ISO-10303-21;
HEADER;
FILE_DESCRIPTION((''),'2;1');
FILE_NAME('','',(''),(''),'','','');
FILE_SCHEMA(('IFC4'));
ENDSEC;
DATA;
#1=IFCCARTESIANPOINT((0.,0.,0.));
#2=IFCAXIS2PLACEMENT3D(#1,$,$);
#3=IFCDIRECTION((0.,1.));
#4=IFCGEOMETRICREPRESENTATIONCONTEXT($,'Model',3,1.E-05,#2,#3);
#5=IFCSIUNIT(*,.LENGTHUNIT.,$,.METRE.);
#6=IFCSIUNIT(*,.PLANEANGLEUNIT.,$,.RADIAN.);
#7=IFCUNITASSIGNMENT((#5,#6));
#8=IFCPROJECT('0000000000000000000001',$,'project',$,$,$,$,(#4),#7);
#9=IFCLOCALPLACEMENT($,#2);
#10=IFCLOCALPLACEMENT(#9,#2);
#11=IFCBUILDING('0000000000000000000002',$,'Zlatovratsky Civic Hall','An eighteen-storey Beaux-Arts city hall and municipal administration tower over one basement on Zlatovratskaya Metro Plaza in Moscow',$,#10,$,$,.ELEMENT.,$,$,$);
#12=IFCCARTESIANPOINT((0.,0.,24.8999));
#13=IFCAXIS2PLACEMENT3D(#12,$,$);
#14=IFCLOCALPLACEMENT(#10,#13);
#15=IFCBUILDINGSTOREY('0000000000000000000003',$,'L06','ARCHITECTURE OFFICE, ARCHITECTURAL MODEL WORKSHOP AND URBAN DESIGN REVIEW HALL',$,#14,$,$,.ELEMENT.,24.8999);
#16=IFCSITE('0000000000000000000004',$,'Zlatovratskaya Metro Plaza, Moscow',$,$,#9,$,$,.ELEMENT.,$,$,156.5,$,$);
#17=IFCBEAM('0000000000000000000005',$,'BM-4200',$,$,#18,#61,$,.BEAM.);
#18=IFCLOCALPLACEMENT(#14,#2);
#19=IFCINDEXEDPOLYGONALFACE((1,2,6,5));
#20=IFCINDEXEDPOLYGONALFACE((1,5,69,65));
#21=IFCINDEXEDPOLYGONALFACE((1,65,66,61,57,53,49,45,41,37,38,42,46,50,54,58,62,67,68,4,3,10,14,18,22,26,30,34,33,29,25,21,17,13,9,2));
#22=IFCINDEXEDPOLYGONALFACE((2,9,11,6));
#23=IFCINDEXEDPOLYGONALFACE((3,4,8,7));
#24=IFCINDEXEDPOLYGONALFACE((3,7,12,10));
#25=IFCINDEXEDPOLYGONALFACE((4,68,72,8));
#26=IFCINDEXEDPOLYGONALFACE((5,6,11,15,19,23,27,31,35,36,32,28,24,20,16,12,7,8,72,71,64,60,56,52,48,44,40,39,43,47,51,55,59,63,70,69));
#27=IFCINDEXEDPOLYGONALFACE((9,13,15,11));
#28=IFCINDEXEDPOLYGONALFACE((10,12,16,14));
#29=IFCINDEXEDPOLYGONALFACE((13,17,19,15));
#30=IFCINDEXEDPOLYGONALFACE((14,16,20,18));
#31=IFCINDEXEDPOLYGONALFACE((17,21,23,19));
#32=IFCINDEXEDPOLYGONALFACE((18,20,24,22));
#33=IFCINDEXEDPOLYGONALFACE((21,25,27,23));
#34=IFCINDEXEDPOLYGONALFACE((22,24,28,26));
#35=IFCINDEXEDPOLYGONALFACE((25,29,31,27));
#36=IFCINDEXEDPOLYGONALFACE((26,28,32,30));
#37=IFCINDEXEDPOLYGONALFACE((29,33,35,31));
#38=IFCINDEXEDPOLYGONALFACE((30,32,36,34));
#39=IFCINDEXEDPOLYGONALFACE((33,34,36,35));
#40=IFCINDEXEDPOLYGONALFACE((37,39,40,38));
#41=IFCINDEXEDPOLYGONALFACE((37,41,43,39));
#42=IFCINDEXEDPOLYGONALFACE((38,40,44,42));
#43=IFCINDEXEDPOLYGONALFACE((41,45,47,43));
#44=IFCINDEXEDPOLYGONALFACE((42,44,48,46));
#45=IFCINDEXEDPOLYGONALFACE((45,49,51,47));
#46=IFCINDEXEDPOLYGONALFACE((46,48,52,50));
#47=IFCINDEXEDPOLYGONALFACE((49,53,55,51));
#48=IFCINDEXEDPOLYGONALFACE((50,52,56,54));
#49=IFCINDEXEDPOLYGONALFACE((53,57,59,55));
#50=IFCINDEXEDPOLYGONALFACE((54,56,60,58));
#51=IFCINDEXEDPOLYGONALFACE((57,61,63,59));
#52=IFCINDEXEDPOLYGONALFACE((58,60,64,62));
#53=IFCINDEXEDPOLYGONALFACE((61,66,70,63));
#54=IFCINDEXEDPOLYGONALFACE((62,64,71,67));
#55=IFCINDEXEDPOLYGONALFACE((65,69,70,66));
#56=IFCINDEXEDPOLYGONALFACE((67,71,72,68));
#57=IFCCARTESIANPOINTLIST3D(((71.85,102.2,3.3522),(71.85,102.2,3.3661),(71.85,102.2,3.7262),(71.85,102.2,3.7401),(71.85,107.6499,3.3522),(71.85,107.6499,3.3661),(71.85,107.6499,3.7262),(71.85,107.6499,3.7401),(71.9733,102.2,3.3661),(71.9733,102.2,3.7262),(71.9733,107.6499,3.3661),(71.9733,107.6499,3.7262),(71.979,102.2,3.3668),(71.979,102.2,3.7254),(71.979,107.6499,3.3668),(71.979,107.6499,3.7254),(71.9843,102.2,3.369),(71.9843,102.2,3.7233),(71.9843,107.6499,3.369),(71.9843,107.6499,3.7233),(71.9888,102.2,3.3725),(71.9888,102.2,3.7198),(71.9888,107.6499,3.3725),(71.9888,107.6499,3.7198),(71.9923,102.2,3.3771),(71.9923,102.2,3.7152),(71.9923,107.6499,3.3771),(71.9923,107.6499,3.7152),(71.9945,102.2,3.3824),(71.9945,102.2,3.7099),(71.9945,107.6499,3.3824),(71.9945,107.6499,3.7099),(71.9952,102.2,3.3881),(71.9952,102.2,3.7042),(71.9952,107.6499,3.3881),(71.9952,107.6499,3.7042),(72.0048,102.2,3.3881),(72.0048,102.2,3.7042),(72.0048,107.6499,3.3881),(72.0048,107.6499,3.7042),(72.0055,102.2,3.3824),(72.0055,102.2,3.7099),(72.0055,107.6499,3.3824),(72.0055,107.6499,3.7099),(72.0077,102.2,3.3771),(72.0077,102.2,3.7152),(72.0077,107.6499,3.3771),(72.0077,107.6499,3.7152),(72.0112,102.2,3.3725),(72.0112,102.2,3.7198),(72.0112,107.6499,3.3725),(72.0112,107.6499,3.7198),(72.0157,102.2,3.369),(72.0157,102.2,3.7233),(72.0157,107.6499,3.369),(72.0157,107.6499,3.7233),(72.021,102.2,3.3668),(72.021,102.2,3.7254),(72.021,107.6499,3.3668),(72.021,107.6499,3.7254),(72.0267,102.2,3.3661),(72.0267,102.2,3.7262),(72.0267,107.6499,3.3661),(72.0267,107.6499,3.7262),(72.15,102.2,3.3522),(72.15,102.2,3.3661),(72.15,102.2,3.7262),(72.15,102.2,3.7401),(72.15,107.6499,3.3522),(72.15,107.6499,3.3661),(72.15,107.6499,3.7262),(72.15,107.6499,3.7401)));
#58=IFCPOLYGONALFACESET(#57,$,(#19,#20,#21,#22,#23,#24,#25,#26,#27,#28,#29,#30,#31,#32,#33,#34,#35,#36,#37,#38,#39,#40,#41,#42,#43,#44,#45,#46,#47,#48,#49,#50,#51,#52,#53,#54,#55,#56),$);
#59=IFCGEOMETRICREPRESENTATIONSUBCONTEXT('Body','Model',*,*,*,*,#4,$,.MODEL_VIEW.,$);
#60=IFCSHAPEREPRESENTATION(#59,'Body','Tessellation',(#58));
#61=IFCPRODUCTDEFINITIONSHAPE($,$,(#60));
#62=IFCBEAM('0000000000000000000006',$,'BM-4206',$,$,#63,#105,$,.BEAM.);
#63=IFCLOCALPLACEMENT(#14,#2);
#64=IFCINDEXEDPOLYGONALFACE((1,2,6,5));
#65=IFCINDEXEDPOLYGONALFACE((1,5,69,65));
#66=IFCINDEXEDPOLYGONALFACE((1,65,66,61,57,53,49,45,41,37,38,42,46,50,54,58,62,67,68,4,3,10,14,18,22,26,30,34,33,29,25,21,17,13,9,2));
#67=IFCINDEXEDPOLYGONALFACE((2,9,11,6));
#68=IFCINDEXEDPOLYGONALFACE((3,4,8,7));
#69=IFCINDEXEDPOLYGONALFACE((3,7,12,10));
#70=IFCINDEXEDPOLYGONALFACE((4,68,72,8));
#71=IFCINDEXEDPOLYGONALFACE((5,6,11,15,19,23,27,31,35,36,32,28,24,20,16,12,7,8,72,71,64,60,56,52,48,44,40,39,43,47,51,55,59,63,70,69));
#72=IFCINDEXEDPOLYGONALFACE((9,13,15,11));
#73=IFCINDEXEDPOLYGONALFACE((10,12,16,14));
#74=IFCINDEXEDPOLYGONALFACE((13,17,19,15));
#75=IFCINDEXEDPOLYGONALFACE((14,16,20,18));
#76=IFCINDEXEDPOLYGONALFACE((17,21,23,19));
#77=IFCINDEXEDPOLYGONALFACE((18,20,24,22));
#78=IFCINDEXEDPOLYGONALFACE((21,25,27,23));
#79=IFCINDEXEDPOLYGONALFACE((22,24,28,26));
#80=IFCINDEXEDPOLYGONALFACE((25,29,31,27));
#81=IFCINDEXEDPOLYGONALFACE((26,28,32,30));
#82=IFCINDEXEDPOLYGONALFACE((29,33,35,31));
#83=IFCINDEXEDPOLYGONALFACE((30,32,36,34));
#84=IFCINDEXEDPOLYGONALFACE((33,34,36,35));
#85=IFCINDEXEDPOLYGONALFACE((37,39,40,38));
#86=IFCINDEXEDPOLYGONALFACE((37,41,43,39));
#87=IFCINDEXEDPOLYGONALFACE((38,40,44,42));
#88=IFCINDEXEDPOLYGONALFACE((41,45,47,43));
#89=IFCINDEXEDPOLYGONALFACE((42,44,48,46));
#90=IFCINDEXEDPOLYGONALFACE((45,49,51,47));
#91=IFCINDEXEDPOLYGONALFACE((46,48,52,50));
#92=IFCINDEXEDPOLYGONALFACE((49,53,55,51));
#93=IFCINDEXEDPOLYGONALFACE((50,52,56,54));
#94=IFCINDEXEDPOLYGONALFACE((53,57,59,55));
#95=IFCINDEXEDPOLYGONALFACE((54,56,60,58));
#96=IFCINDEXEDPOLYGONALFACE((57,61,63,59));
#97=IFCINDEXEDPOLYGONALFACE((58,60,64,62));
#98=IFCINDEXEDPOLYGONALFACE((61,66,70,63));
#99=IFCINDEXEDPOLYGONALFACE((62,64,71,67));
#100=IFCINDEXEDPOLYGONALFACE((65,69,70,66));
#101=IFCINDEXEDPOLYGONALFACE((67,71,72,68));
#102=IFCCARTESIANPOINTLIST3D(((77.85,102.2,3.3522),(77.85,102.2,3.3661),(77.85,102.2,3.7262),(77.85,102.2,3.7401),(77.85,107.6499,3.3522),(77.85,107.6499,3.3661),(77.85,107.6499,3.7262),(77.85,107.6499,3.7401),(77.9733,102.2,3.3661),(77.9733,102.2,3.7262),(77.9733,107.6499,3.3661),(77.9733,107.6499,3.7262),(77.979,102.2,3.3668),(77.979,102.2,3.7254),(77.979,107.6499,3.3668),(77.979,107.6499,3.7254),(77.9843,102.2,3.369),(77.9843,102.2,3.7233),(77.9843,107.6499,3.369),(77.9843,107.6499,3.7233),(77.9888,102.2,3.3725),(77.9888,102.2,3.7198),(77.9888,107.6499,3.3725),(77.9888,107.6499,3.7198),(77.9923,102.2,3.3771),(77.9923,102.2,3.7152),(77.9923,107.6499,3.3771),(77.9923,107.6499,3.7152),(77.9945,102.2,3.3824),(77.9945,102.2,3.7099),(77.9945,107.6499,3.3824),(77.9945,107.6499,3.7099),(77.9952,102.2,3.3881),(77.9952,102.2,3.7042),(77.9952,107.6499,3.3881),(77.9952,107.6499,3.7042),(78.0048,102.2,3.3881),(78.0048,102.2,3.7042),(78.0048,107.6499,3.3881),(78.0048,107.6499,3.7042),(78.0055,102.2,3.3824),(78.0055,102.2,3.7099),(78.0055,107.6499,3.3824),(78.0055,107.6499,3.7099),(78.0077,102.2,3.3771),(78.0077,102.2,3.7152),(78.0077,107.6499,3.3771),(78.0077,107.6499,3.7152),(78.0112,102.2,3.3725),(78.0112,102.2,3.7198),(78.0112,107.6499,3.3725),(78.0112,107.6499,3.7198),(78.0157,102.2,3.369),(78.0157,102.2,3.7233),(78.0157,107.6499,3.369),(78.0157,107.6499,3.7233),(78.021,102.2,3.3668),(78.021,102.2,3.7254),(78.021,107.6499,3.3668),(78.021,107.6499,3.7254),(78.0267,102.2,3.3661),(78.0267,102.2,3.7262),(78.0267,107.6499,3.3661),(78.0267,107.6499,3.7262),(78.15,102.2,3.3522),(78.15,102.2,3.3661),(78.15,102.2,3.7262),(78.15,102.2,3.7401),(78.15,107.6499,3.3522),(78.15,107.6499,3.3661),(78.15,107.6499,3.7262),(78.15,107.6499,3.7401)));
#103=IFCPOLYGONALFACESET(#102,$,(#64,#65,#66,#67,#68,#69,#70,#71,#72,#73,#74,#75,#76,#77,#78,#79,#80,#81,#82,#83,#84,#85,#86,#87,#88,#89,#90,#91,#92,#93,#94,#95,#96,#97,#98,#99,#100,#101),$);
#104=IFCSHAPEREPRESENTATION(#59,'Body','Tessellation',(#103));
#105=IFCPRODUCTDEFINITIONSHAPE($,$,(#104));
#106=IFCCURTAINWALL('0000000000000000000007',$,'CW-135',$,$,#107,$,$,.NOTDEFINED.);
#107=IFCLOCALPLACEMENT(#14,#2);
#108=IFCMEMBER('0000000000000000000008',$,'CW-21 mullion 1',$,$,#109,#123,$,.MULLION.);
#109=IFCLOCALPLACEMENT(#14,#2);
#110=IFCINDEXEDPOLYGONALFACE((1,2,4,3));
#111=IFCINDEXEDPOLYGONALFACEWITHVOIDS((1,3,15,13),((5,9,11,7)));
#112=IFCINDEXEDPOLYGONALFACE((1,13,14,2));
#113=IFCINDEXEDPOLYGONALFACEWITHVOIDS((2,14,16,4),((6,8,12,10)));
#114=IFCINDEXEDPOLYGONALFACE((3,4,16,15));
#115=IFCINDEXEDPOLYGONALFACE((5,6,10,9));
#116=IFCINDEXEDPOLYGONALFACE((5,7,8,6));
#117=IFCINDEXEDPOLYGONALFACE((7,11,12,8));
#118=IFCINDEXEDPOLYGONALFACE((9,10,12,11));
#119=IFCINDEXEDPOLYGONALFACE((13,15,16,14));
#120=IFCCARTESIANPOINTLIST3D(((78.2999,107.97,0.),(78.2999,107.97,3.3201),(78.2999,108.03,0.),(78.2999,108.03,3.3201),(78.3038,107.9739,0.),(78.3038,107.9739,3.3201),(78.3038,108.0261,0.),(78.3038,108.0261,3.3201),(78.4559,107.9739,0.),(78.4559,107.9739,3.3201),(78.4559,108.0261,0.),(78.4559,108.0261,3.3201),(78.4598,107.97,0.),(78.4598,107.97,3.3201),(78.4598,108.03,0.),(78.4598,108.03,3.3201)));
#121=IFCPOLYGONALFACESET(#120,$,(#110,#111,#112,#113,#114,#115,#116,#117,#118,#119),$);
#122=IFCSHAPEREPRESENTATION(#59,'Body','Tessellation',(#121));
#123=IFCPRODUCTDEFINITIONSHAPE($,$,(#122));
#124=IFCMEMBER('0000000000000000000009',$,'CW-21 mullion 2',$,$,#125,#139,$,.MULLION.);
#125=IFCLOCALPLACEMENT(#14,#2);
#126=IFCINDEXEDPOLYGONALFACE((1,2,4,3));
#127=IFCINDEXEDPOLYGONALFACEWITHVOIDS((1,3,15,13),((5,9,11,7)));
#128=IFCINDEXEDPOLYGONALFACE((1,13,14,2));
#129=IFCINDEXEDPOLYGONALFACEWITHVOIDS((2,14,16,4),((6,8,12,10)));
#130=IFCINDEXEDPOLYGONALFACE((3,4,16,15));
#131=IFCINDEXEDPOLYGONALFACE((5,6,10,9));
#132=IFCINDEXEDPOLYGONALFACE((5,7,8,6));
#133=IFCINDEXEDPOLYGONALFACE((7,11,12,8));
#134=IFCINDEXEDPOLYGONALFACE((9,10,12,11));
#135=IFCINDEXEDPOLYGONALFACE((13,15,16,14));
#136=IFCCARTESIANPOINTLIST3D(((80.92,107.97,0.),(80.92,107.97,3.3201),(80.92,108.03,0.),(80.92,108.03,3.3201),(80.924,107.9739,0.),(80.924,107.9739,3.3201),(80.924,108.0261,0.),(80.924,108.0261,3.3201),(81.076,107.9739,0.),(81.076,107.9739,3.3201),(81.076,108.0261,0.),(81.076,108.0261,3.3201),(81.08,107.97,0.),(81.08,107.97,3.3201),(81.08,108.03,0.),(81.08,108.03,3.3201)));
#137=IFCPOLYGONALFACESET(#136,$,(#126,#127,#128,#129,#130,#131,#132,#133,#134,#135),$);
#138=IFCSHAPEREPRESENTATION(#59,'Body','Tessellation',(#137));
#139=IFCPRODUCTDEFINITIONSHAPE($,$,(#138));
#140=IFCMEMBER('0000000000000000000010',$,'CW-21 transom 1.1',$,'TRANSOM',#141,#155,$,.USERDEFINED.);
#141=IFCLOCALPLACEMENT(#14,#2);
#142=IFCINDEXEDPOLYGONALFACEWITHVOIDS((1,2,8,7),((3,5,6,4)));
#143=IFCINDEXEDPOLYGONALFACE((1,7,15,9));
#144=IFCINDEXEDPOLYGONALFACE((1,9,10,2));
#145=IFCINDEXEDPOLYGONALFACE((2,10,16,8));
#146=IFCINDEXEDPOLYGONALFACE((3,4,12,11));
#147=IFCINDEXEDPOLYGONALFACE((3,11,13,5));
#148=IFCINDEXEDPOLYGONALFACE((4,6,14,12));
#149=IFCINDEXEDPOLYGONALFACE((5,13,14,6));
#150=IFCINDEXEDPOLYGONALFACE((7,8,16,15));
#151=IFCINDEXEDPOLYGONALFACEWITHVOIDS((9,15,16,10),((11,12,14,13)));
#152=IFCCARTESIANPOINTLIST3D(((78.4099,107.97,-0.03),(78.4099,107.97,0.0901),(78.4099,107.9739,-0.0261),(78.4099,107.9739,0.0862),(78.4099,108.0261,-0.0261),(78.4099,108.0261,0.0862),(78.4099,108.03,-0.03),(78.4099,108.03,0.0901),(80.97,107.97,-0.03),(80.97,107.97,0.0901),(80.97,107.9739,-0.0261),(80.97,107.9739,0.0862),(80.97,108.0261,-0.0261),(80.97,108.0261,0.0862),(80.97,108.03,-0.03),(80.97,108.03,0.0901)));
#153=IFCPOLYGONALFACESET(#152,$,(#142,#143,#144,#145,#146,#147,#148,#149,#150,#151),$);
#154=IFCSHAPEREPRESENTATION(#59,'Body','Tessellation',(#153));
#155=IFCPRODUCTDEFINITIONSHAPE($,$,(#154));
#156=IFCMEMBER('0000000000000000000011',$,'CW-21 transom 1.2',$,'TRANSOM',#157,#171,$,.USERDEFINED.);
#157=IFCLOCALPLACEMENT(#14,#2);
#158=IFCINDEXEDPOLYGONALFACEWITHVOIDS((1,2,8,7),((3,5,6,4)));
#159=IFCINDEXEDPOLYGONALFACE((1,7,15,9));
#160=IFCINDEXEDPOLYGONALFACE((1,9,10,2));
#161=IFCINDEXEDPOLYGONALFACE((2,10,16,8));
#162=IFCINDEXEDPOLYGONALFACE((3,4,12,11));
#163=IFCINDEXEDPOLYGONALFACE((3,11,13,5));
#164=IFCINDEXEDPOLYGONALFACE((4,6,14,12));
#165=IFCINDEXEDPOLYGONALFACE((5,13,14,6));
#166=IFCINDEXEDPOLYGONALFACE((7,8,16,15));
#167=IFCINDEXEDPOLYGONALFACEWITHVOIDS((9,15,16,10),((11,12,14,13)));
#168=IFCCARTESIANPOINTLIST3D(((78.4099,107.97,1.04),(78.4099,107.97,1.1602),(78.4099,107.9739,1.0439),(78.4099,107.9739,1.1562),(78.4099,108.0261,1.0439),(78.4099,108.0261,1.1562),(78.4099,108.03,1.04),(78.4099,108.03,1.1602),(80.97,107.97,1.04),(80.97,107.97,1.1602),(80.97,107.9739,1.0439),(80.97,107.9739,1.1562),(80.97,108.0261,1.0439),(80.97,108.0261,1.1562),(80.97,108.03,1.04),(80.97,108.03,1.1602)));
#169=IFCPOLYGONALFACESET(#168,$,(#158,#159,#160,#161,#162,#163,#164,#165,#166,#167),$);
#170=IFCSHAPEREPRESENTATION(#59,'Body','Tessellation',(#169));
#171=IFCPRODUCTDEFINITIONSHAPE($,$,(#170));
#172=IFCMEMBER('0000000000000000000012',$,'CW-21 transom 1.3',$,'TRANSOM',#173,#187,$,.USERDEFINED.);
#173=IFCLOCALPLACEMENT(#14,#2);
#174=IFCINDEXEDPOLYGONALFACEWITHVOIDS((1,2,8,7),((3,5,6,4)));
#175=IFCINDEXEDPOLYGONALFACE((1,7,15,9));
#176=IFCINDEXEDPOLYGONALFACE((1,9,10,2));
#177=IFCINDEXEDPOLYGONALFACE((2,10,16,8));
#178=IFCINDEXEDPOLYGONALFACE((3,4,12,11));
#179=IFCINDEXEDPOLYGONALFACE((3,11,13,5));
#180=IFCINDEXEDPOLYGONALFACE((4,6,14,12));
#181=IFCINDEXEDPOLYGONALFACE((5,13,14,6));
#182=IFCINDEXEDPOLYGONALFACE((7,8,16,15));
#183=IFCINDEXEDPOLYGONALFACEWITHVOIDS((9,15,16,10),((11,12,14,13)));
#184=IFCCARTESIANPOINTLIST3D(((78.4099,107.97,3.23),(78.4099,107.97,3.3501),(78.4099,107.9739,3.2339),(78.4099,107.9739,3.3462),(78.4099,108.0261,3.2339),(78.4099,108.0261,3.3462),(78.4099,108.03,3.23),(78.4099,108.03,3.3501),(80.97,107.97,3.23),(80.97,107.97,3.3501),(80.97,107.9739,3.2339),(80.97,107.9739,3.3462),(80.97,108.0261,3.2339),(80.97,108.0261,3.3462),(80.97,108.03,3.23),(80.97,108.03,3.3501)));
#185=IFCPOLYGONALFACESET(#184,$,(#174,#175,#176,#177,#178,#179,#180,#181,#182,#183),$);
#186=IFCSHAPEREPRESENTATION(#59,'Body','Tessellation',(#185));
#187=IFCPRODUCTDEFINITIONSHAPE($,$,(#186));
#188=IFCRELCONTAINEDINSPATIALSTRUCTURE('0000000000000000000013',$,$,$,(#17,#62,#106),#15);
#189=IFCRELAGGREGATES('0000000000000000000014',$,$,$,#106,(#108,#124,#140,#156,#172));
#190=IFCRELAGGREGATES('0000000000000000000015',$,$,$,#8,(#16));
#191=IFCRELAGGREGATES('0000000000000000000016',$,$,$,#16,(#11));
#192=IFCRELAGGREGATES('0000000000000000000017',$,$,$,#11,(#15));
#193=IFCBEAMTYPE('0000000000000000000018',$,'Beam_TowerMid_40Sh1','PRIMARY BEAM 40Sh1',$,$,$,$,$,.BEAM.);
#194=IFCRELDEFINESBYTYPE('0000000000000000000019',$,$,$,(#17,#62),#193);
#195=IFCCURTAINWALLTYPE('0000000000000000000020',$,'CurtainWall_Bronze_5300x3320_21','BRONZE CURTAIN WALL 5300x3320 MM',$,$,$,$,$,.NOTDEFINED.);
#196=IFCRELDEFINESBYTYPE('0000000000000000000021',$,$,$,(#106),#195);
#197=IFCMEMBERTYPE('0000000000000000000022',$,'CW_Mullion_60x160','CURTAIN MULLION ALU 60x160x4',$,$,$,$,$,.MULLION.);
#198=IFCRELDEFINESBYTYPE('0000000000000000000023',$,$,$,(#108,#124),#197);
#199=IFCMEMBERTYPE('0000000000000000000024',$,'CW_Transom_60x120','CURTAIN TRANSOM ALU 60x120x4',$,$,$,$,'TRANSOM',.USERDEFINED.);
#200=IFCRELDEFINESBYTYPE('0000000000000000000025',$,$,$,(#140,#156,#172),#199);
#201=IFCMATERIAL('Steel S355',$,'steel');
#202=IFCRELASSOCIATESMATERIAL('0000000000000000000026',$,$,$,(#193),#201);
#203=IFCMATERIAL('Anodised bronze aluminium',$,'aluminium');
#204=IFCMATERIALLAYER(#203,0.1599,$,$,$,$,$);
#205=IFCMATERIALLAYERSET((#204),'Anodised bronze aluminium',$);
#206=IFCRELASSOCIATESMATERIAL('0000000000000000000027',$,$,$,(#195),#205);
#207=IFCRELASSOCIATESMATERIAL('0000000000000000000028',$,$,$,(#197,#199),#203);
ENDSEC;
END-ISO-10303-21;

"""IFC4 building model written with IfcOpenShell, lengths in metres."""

from ifc_helpers import new_model, si_unit, direction, frame, origin, origin_2d, place, context, subcontext, project, spatial, hollow_rectangle, i_section, extrude, material, layer, layer_set, material_profile, profile_set, type_object, element, aggregate, save


model = new_model("IFC4")

# Units and contexts
model_context = context("Model", 3, precision=1e-05, world=origin(), true_north=direction((0.0, 1.0)))
body_context = subcontext(model_context, "Body", "Model", "MODEL_VIEW")
ifc_project = project(units=[si_unit("LENGTHUNIT", "METRE"), si_unit("PLANEANGLEUNIT", "RADIAN")], contexts=[model_context])

# Site, building, storey
site_placement = place(None, origin())
site = spatial("IfcSite", under=ifc_project, at=site_placement, Name="Zlatovratskaya Metro Plaza, Moscow", CompositionType="ELEMENT", RefElevation=156.5)
building_placement = place(site_placement, origin())
building = spatial("IfcBuilding", under=site, at=building_placement, Name="Zlatovratsky Civic Hall", Description="An eighteen-storey Beaux-Arts city hall and municipal administration tower over one basement on Zlatovratskaya Metro Plaza in Moscow", CompositionType="ELEMENT")
storey_placement = place(building_placement, frame((0.0, 0.0, 24.8999)))
storey = spatial("IfcBuildingStorey", under=building, at=storey_placement, Name="L06", Description="ARCHITECTURE OFFICE, ARCHITECTURAL MODEL WORKSHOP AND URBAN DESIGN REVIEW HALL", CompositionType="ELEMENT", Elevation=24.8999)

# Shared definitions
ifc_material_1 = material(Name="Steel S355", Category="steel")

# Beams
ifc_material_profile_1 = material_profile(ifc_material_1, i_section(OverallWidth=0.3, OverallDepth=0.3879, WebThickness=0.0095, FlangeThickness=0.0139, FilletRadius=0.022, at=origin_2d()), Name="40Sh1")
ifc_profile_set_1 = profile_set([ifc_material_profile_1], Name="Steel S355")
beam_type_1 = type_object("IfcBeamType", Name="Beam_TowerMid_40Sh1", Description="PRIMARY BEAM 40Sh1", PredefinedType="BEAM", material=ifc_profile_set_1)
for number, where, z_axis, x_axis, name in (
    (1, (72.0, 102.2, 3.5461), (0.0, 1.0, 0.0), (-1.0, 0.0, 0.0), "BM-4200"),
    (2, (78.0, 102.2, 3.5461), (0.0, 1.0, 0.0), (-1.0, 0.0, 0.0), "BM-4206"),
):
    element("IfcBeam", number, at=place(storey_placement, frame(where, z_axis=z_axis, x_axis=x_axis)), inside=storey, type_object=beam_type_1, Name=name, PredefinedType="BEAM", context=body_context, shape_type="SweptSolid", body=[
        extrude(i_section(OverallWidth=0.3, OverallDepth=0.3879, WebThickness=0.0095, FlangeThickness=0.0139, FilletRadius=0.022, at=origin_2d()), origin(), (0.0, 0.0, 1.0), 5.45),
    ])

# Curtain wall, members
ifc_material_2 = material(Name="Anodised bronze aluminium", Category="aluminium")
ifc_layer_1 = layer(ifc_material_2, 0.1599)
ifc_layer_set_1 = layer_set([ifc_layer_1], Name="Anodised bronze aluminium")
curtain_wall_type = type_object("IfcCurtainWallType", Name="CurtainWall_Bronze_5300x3320_21", Description="BRONZE CURTAIN WALL 5300x3320 MM", PredefinedType="NOTDEFINED", material=ifc_layer_set_1)
curtain_wall_placement = place(storey_placement, origin())
curtain_wall = element("IfcCurtainWall", 3, at=curtain_wall_placement, inside=storey, type_object=curtain_wall_type, Name="CW-135", PredefinedType="NOTDEFINED")
ifc_material_profile_2 = material_profile(ifc_material_2, hollow_rectangle(XDim=0.0601, YDim=0.1599, WallThickness=0.0039, at=origin_2d()), Name="ALU 60x160x4")
ifc_profile_set_2 = profile_set([ifc_material_profile_2], Name="Anodised bronze aluminium")
member_type_1 = type_object("IfcMemberType", Name="CW_Mullion_60x160", Description="CURTAIN MULLION ALU 60x160x4", PredefinedType="MULLION", material=ifc_profile_set_2)
member_1_placement = place(storey_placement, frame((78.3799, 108.0, 0.0), z_axis=(0.0, 0.0, 1.0), x_axis=(0.0, 1.0, 0.0)))
member_1 = element("IfcMember", 4, at=member_1_placement, type_object=member_type_1, Name="CW-21 mullion 1", PredefinedType="MULLION", context=body_context, shape_type="SweptSolid", body=[
    extrude(hollow_rectangle(XDim=0.0601, YDim=0.1599, WallThickness=0.0039, at=origin_2d()), origin(), (0.0, 0.0, 1.0), 3.3201),
])
member_2_placement = place(storey_placement, frame((81.0, 108.0, 0.0), z_axis=(0.0, 0.0, 1.0), x_axis=(0.0, 1.0, 0.0)))
member_2 = element("IfcMember", 5, at=member_2_placement, type_object=member_type_1, Name="CW-21 mullion 2", PredefinedType="MULLION", context=body_context, shape_type="SweptSolid", body=[
    extrude(hollow_rectangle(XDim=0.0601, YDim=0.1599, WallThickness=0.0039, at=origin_2d()), origin(), (0.0, 0.0, 1.0), 3.3201),
])
ifc_material_profile_3 = material_profile(ifc_material_2, hollow_rectangle(XDim=0.0601, YDim=0.1201, WallThickness=0.0039, at=origin_2d()), Name="ALU 60x120x4")
ifc_profile_set_3 = profile_set([ifc_material_profile_3], Name="Anodised bronze aluminium")
member_type_2 = type_object("IfcMemberType", Name="CW_Transom_60x120", Description="CURTAIN TRANSOM ALU 60x120x4", ElementType="TRANSOM", PredefinedType="USERDEFINED", material=ifc_profile_set_3)
member_3_placement = place(storey_placement, frame((78.4099, 108.0, 0.03), z_axis=(1.0, 0.0, 0.0), x_axis=(0.0, 1.0, 0.0)))
member_3 = element("IfcMember", 6, at=member_3_placement, type_object=member_type_2, Name="CW-21 transom 1.1", ObjectType="TRANSOM", PredefinedType="USERDEFINED", context=body_context, shape_type="SweptSolid", body=[
    extrude(hollow_rectangle(XDim=0.0601, YDim=0.1201, WallThickness=0.0039, at=origin_2d()), origin(), (0.0, 0.0, 1.0), 2.5601),
])
member_4_placement = place(storey_placement, frame((78.4099, 108.0, 1.1001), z_axis=(1.0, 0.0, 0.0), x_axis=(0.0, 1.0, 0.0)))
member_4 = element("IfcMember", 7, at=member_4_placement, type_object=member_type_2, Name="CW-21 transom 1.2", ObjectType="TRANSOM", PredefinedType="USERDEFINED", context=body_context, shape_type="SweptSolid", body=[
    extrude(hollow_rectangle(XDim=0.0601, YDim=0.1201, WallThickness=0.0039, at=origin_2d()), origin(), (0.0, 0.0, 1.0), 2.5601),
])
member_5_placement = place(storey_placement, frame((78.4099, 108.0, 3.29), z_axis=(1.0, 0.0, 0.0), x_axis=(0.0, 1.0, 0.0)))
member_5 = element("IfcMember", 8, at=member_5_placement, type_object=member_type_2, Name="CW-21 transom 1.3", ObjectType="TRANSOM", PredefinedType="USERDEFINED", context=body_context, shape_type="SweptSolid", body=[
    extrude(hollow_rectangle(XDim=0.0601, YDim=0.1201, WallThickness=0.0039, at=origin_2d()), origin(), (0.0, 0.0, 1.0), 2.5601),
])
aggregate(curtain_wall, [member_1, member_2, member_3, member_4, member_5])

save(model, "model.ifc")
